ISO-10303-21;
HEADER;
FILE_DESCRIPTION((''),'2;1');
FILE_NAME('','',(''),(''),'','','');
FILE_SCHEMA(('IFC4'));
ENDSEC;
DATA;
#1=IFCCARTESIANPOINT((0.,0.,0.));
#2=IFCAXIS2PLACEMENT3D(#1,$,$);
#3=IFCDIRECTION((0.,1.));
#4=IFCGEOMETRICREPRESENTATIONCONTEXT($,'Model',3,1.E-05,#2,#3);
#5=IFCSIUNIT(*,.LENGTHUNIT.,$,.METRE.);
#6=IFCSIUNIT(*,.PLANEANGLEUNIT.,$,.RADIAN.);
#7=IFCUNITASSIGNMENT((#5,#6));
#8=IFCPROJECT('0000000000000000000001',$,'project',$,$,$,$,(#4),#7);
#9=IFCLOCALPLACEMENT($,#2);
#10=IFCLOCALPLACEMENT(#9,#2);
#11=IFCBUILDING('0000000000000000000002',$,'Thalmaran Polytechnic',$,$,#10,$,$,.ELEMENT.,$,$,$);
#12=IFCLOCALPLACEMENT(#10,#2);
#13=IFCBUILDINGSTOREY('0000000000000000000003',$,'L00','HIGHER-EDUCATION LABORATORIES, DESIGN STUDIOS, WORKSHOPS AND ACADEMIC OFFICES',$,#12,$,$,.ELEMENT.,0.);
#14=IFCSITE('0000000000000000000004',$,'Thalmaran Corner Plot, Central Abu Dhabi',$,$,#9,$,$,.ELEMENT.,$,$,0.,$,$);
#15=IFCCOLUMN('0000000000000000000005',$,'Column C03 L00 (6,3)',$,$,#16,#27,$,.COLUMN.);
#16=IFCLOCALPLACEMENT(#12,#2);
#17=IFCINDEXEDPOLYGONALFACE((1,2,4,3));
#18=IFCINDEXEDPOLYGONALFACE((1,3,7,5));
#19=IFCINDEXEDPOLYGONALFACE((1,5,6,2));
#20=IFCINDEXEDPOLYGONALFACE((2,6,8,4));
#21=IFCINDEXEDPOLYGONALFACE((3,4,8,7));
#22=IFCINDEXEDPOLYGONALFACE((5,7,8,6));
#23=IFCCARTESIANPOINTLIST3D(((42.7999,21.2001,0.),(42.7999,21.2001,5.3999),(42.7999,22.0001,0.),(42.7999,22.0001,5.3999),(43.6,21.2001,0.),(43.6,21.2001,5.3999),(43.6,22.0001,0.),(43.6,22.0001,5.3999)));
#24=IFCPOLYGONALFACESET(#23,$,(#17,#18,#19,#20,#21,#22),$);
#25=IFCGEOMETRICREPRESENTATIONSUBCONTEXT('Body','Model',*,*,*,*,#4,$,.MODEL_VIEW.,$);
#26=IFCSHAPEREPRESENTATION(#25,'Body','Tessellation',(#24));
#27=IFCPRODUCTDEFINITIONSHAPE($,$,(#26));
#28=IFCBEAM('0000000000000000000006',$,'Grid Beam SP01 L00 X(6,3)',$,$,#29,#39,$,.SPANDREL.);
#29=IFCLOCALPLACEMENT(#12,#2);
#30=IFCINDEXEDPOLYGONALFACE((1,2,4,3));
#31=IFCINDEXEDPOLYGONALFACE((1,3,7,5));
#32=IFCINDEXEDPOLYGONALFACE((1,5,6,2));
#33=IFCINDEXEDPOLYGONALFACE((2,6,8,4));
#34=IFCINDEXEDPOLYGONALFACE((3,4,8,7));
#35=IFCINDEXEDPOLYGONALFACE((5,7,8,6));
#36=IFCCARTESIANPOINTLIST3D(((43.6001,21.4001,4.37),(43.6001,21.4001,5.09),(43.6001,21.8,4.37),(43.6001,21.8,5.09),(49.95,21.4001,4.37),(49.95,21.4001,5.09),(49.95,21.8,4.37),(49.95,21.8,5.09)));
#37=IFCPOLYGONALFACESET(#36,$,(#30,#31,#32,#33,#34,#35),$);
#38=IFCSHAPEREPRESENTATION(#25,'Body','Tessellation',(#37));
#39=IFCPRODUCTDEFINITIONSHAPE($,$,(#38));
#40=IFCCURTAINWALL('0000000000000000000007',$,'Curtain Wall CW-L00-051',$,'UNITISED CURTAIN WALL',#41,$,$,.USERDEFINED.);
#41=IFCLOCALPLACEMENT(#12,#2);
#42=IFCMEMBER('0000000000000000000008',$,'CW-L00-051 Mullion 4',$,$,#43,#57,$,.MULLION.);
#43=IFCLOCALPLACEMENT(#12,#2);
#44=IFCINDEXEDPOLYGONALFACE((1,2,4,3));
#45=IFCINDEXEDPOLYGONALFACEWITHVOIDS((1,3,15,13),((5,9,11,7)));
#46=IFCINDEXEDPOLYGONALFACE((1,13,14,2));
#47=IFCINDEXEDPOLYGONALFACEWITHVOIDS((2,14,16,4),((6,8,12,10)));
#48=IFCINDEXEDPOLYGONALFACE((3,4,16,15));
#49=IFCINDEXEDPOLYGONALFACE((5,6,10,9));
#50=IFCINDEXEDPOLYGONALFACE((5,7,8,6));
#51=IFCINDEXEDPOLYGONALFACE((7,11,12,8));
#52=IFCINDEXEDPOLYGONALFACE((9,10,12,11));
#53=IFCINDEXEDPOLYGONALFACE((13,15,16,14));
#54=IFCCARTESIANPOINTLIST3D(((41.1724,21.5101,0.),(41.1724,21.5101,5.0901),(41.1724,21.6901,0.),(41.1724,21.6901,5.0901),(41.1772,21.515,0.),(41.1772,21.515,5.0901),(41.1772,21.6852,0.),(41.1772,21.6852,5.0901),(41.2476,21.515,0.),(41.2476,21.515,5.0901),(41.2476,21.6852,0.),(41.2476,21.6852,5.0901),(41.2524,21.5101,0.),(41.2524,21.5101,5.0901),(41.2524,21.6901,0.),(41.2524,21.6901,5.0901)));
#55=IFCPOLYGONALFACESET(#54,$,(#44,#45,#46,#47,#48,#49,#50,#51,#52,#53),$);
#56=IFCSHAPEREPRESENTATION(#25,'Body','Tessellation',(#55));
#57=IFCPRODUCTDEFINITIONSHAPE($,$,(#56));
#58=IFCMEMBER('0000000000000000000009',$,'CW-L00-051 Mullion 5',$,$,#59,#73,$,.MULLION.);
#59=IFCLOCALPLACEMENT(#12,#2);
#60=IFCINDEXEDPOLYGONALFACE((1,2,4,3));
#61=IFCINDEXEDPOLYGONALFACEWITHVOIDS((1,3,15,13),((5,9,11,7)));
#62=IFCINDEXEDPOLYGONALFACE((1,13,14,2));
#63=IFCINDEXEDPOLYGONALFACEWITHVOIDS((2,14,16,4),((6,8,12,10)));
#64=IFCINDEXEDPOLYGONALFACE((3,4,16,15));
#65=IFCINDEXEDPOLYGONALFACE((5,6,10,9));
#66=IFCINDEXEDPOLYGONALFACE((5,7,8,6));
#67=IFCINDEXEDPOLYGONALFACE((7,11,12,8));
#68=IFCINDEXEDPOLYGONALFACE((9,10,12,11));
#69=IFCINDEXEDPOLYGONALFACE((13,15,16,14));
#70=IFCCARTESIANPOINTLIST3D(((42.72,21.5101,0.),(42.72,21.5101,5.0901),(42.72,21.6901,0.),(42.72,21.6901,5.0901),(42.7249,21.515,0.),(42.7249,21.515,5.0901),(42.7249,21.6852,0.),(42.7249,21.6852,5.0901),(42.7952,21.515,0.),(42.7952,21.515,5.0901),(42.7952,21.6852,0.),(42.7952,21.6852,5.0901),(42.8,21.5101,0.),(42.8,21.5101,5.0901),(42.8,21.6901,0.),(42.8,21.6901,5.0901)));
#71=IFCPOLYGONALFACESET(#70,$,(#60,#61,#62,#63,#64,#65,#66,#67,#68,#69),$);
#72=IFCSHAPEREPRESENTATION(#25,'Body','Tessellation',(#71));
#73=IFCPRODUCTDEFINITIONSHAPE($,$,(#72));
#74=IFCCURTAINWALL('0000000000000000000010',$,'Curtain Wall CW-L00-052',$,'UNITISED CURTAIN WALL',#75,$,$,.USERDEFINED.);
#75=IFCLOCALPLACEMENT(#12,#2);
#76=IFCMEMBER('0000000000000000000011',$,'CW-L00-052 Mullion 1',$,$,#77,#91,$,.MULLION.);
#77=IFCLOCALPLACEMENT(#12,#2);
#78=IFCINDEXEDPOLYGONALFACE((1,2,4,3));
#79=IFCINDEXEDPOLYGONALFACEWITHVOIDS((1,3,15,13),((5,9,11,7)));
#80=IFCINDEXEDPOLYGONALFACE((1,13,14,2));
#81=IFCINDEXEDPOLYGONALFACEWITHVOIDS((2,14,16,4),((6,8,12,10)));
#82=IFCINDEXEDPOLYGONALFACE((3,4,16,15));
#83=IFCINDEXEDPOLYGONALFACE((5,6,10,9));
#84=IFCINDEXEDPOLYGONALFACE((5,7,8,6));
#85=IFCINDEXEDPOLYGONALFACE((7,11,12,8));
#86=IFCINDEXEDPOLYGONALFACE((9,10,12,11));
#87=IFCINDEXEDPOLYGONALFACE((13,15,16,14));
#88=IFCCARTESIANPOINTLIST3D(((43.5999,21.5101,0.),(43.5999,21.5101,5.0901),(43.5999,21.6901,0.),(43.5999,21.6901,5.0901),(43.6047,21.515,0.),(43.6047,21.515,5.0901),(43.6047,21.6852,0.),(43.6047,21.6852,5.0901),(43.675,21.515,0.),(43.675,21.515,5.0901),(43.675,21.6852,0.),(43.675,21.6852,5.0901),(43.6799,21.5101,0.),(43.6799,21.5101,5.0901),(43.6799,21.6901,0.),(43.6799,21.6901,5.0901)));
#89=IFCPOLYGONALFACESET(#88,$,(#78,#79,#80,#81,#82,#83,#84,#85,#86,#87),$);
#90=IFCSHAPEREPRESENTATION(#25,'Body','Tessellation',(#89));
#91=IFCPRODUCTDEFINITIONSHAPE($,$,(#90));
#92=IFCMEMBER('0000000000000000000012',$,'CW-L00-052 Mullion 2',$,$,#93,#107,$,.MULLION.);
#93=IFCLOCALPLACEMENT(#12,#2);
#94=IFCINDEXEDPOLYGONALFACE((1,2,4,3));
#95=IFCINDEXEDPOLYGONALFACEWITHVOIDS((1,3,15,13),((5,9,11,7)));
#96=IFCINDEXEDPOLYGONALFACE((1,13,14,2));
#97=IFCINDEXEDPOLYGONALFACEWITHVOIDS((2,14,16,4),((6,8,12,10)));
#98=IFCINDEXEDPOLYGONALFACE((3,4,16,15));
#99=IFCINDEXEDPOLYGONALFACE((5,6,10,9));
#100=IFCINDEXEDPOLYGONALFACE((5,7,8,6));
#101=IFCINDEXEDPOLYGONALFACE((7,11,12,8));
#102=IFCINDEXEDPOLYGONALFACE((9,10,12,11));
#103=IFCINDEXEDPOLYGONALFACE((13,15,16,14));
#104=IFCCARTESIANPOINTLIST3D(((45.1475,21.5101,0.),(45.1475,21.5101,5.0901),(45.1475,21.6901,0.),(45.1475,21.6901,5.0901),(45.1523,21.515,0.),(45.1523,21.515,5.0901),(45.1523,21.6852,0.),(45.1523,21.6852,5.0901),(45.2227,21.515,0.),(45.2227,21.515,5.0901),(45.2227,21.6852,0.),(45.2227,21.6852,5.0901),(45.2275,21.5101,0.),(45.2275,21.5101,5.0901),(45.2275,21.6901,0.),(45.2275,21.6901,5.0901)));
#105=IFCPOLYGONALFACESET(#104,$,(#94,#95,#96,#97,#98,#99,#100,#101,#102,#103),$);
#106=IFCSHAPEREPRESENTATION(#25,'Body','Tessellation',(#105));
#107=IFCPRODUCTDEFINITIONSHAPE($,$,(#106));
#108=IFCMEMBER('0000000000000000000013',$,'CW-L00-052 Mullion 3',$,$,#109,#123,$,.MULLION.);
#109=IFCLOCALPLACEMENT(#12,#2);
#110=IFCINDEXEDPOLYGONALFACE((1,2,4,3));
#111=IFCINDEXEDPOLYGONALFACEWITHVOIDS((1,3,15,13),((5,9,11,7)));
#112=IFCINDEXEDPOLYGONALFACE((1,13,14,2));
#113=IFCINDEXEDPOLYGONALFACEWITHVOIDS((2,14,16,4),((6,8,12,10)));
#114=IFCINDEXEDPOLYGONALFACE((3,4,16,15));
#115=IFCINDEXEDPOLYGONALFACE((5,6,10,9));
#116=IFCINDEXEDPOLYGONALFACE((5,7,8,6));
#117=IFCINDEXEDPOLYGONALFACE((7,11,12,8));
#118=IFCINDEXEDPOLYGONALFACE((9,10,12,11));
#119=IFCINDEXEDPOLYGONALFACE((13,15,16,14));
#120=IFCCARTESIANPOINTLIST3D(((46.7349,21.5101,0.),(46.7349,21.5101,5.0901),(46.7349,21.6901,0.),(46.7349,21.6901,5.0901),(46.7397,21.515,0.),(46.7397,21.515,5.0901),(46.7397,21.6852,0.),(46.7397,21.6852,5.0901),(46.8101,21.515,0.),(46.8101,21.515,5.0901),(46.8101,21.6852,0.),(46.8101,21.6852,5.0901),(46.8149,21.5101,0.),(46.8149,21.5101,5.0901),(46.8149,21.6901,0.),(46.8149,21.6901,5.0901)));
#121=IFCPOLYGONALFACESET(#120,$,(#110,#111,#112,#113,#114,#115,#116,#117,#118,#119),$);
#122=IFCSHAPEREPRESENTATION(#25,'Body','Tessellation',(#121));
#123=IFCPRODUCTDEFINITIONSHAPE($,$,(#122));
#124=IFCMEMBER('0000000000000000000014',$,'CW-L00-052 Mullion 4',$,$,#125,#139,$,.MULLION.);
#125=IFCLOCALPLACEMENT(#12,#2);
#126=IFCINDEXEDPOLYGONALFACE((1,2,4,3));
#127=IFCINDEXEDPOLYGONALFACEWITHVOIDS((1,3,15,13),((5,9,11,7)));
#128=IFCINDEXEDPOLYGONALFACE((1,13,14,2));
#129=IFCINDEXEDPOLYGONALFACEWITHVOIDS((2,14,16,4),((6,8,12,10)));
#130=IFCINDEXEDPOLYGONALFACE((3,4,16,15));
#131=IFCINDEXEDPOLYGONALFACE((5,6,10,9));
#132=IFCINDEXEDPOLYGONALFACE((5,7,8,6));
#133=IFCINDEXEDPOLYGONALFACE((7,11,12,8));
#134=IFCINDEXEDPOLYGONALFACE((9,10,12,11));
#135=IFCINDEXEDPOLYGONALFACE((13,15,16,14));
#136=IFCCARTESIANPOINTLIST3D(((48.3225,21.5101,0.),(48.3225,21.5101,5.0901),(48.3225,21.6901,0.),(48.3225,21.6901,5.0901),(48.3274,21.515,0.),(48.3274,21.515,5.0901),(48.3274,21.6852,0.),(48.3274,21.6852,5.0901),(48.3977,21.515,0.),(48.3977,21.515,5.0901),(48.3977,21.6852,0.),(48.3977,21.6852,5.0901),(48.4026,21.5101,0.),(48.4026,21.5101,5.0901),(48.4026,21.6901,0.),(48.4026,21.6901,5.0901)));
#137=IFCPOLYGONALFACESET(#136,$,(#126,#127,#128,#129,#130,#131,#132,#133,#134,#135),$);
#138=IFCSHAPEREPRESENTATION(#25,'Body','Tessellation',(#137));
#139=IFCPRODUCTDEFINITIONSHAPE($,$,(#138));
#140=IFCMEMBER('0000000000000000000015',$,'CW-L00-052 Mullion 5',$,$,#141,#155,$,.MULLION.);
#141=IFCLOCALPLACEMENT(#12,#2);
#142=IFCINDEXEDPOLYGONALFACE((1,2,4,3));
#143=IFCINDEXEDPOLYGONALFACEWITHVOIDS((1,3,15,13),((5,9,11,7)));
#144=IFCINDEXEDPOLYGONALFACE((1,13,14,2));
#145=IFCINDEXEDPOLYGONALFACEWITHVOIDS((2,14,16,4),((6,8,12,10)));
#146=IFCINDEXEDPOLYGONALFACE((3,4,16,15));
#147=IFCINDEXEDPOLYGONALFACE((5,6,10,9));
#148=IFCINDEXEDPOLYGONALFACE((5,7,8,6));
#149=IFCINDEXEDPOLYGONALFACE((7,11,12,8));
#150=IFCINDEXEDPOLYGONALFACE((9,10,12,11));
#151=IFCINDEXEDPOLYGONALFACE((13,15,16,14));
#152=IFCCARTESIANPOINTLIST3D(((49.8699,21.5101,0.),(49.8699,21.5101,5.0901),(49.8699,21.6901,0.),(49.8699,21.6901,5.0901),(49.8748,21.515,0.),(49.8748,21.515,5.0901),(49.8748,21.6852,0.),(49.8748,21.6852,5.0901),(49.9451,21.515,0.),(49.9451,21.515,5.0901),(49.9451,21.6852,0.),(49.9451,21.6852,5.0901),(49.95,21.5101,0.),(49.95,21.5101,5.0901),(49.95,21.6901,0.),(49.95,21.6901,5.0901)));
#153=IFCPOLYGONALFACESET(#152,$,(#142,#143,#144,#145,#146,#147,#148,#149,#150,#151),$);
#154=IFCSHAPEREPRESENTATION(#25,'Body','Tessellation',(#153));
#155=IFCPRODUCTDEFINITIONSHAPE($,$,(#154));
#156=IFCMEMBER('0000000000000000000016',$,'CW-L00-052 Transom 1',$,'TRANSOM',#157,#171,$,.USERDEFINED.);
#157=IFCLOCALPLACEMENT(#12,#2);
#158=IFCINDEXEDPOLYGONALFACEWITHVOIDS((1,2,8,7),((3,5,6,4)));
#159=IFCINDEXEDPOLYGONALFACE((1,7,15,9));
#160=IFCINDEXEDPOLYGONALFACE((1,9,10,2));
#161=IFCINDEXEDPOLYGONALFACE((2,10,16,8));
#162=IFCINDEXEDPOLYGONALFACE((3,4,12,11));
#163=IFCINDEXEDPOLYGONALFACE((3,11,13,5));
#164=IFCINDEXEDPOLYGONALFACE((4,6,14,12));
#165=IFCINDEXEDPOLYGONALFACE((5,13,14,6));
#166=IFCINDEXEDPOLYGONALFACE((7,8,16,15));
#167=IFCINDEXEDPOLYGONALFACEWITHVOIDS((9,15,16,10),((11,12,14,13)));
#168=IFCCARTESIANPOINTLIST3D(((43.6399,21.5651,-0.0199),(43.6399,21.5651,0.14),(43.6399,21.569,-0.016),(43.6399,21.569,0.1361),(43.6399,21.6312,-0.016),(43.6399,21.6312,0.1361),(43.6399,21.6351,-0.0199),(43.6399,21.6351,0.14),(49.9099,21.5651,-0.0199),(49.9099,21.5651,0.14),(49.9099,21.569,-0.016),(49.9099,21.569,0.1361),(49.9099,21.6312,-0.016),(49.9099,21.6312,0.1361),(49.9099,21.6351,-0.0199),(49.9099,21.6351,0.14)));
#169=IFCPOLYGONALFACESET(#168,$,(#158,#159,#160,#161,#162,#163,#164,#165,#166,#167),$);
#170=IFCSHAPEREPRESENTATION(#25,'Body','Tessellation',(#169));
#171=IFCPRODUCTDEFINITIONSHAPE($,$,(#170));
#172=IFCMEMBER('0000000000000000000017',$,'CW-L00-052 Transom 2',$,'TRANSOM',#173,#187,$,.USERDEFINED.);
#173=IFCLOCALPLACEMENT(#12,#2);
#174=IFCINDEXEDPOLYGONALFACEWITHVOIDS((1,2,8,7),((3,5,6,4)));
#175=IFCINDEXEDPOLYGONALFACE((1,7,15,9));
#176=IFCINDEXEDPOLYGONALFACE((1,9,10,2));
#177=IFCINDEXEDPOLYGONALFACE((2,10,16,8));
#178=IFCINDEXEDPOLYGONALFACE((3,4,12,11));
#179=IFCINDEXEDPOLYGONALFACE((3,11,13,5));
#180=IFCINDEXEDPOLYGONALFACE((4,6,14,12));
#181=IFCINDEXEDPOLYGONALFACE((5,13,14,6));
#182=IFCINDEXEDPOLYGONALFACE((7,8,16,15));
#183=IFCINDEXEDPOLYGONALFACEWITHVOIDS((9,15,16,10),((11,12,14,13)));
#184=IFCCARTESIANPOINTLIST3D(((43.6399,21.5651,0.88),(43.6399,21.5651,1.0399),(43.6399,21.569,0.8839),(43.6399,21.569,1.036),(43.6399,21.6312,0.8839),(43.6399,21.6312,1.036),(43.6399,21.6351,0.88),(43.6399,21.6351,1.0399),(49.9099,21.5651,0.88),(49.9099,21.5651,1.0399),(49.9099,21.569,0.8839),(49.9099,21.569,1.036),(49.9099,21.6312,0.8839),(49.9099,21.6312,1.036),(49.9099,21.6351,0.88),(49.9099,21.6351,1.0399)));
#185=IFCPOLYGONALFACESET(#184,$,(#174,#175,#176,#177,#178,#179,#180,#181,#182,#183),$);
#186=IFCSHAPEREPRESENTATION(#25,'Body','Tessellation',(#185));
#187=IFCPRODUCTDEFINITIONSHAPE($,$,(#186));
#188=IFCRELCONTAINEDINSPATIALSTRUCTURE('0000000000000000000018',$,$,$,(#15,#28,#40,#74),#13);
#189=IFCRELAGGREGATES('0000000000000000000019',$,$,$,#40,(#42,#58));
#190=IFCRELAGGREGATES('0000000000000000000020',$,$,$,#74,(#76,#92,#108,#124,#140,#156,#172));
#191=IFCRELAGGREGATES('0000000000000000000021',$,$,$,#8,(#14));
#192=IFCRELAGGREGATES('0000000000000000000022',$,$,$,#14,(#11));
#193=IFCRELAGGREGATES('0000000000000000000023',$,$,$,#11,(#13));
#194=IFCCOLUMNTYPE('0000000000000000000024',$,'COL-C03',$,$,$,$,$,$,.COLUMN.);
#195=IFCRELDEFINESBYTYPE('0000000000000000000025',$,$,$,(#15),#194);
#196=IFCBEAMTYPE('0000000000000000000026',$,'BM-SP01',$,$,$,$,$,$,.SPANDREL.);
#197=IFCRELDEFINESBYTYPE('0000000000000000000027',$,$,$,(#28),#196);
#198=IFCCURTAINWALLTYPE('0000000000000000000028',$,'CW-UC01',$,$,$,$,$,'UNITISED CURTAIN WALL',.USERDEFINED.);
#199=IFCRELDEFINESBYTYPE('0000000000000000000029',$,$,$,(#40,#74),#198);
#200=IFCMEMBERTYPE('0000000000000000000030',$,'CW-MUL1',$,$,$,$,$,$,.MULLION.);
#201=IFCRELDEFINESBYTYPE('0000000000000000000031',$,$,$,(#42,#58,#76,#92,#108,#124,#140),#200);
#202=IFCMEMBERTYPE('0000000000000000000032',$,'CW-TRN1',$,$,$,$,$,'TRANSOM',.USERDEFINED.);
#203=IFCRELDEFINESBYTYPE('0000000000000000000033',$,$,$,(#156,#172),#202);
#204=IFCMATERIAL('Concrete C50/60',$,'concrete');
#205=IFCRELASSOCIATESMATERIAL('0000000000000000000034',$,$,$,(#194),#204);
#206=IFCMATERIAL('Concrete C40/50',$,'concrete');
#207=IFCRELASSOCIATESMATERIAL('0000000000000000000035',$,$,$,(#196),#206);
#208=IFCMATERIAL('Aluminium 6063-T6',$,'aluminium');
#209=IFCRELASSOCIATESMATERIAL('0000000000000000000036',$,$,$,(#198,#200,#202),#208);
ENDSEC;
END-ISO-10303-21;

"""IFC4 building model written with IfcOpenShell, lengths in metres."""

from ifc_helpers import new_model, si_unit, direction, frame, origin, origin_2d, place, context, subcontext, project, spatial, rectangle, hollow_rectangle, extrude, material, material_profile, profile_set, type_object, element, aggregate, save


model = new_model("IFC4")

# Units and contexts
model_context = context("Model", 3, precision=1e-05, world=origin(), true_north=direction((0.0, 1.0)))
body_context = subcontext(model_context, "Body", "Model", "MODEL_VIEW")
ifc_project = project(units=[si_unit("LENGTHUNIT", "METRE"), si_unit("PLANEANGLEUNIT", "RADIAN")], contexts=[model_context])

# Site, building, storey
site_placement = place(None, origin())
site = spatial("IfcSite", under=ifc_project, at=site_placement, Name="Thalmaran Corner Plot, Central Abu Dhabi", CompositionType="ELEMENT", RefElevation=0.0)
building_placement = place(site_placement, origin())
building = spatial("IfcBuilding", under=site, at=building_placement, Name="Thalmaran Polytechnic", CompositionType="ELEMENT")
storey_placement = place(building_placement, origin())
storey = spatial("IfcBuildingStorey", under=building, at=storey_placement, Name="L00", Description="HIGHER-EDUCATION LABORATORIES, DESIGN STUDIOS, WORKSHOPS AND ACADEMIC OFFICES", CompositionType="ELEMENT", Elevation=0.0)

# Column
ifc_material_1 = material(Name="Concrete C50/60", Category="concrete")
ifc_material_profile_1 = material_profile(ifc_material_1, rectangle(XDim=0.8, YDim=0.8, at=origin_2d()), Name="RC 800x800")
ifc_profile_set_1 = profile_set([ifc_material_profile_1], Name="Concrete C50/60")
column_type = type_object("IfcColumnType", Name="COL-C03", PredefinedType="COLUMN", material=ifc_profile_set_1)
column_placement = place(storey_placement, frame((43.2, 21.6001, 0.0), z_axis=(0.0, 0.0, 1.0), x_axis=(1.0, 0.0, 0.0)))
element("IfcColumn", 1, at=column_placement, inside=storey, type_object=column_type, Name="Column C03 L00 (6,3)", PredefinedType="COLUMN", context=body_context, shape_type="SweptSolid", body=[
    extrude(rectangle(XDim=0.8, YDim=0.8, at=origin_2d()), origin(), (0.0, 0.0, 1.0), 5.3999),
])

# Beam
ifc_material_2 = material(Name="Concrete C40/50", Category="concrete")
ifc_material_profile_2 = material_profile(ifc_material_2, rectangle(XDim=0.3999, YDim=0.72, at=origin_2d()), Name="RC 400x720")
ifc_profile_set_2 = profile_set([ifc_material_profile_2], Name="Concrete C40/50")
beam_type = type_object("IfcBeamType", Name="BM-SP01", PredefinedType="SPANDREL", material=ifc_profile_set_2)
beam_placement = place(storey_placement, frame((43.6001, 21.6001, 4.73), z_axis=(1.0, 0.0, 0.0), x_axis=(0.0, 1.0, 0.0)))
element("IfcBeam", 2, at=beam_placement, inside=storey, type_object=beam_type, Name="Grid Beam SP01 L00 X(6,3)", PredefinedType="SPANDREL", context=body_context, shape_type="SweptSolid", body=[
    extrude(rectangle(XDim=0.3999, YDim=0.72, at=origin_2d()), origin(), (0.0, 0.0, 1.0), 6.3499),
])

# Curtain walls, members
ifc_material_3 = material(Name="Aluminium 6063-T6", Category="aluminium")
curtain_wall_type = type_object("IfcCurtainWallType", Name="CW-UC01", ElementType="UNITISED CURTAIN WALL", PredefinedType="USERDEFINED", material=ifc_material_3)
curtain_wall_1_placement = place(storey_placement, origin())
curtain_wall_1 = element("IfcCurtainWall", 3, at=curtain_wall_1_placement, inside=storey, type_object=curtain_wall_type, Name="Curtain Wall CW-L00-051", ObjectType="UNITISED CURTAIN WALL", PredefinedType="USERDEFINED")
ifc_material_profile_3 = material_profile(ifc_material_3, hollow_rectangle(XDim=0.0801, YDim=0.1799, WallThickness=0.0049, at=origin_2d()), Name="RHS 180x80x5.0")
ifc_profile_set_3 = profile_set([ifc_material_profile_3], Name="Aluminium 6063-T6")
member_type_1 = type_object("IfcMemberType", Name="CW-MUL1", PredefinedType="MULLION", material=ifc_profile_set_3)
member_1_placement = place(storey_placement, frame((41.2124, 21.6001, 0.0), z_axis=(0.0, 0.0, 1.0), x_axis=(1.0, 0.0, 0.0)))
member_1 = element("IfcMember", 4, at=member_1_placement, type_object=member_type_1, Name="CW-L00-051 Mullion 4", PredefinedType="MULLION", context=body_context, shape_type="SweptSolid", body=[
    extrude(hollow_rectangle(XDim=0.0801, YDim=0.1799, WallThickness=0.0049, at=origin_2d()), origin(), (0.0, 0.0, 1.0), 5.0901),
])
member_2_placement = place(storey_placement, frame((42.76, 21.6001, 0.0), z_axis=(0.0, 0.0, 1.0), x_axis=(1.0, 0.0, 0.0)))
member_2 = element("IfcMember", 5, at=member_2_placement, type_object=member_type_1, Name="CW-L00-051 Mullion 5", PredefinedType="MULLION", context=body_context, shape_type="SweptSolid", body=[
    extrude(hollow_rectangle(XDim=0.0801, YDim=0.1799, WallThickness=0.0049, at=origin_2d()), origin(), (0.0, 0.0, 1.0), 5.0901),
])
curtain_wall_2_placement = place(storey_placement, origin())
curtain_wall_2 = element("IfcCurtainWall", 6, at=curtain_wall_2_placement, inside=storey, type_object=curtain_wall_type, Name="Curtain Wall CW-L00-052", ObjectType="UNITISED CURTAIN WALL", PredefinedType="USERDEFINED")
member_3_placement = place(storey_placement, frame((43.6399, 21.6001, 0.0), z_axis=(0.0, 0.0, 1.0), x_axis=(1.0, 0.0, 0.0)))
member_3 = element("IfcMember", 7, at=member_3_placement, type_object=member_type_1, Name="CW-L00-052 Mullion 1", PredefinedType="MULLION", context=body_context, shape_type="SweptSolid", body=[
    extrude(hollow_rectangle(XDim=0.0801, YDim=0.1799, WallThickness=0.0049, at=origin_2d()), origin(), (0.0, 0.0, 1.0), 5.0901),
])
member_4_placement = place(storey_placement, frame((45.1875, 21.6001, 0.0), z_axis=(0.0, 0.0, 1.0), x_axis=(1.0, 0.0, 0.0)))
member_4 = element("IfcMember", 8, at=member_4_placement, type_object=member_type_1, Name="CW-L00-052 Mullion 2", PredefinedType="MULLION", context=body_context, shape_type="SweptSolid", body=[
    extrude(hollow_rectangle(XDim=0.0801, YDim=0.1799, WallThickness=0.0049, at=origin_2d()), origin(), (0.0, 0.0, 1.0), 5.0901),
])
member_5_placement = place(storey_placement, frame((46.7749, 21.6001, 0.0), z_axis=(0.0, 0.0, 1.0), x_axis=(1.0, 0.0, 0.0)))
member_5 = element("IfcMember", 9, at=member_5_placement, type_object=member_type_1, Name="CW-L00-052 Mullion 3", PredefinedType="MULLION", context=body_context, shape_type="SweptSolid", body=[
    extrude(hollow_rectangle(XDim=0.0801, YDim=0.1799, WallThickness=0.0049, at=origin_2d()), origin(), (0.0, 0.0, 1.0), 5.0901),
])
member_6_placement = place(storey_placement, frame((48.3625, 21.6001, 0.0), z_axis=(0.0, 0.0, 1.0), x_axis=(1.0, 0.0, 0.0)))
member_6 = element("IfcMember", 10, at=member_6_placement, type_object=member_type_1, Name="CW-L00-052 Mullion 4", PredefinedType="MULLION", context=body_context, shape_type="SweptSolid", body=[
    extrude(hollow_rectangle(XDim=0.0801, YDim=0.1799, WallThickness=0.0049, at=origin_2d()), origin(), (0.0, 0.0, 1.0), 5.0901),
])
member_7_placement = place(storey_placement, frame((49.9099, 21.6001, 0.0), z_axis=(0.0, 0.0, 1.0), x_axis=(1.0, 0.0, 0.0)))
member_7 = element("IfcMember", 11, at=member_7_placement, type_object=member_type_1, Name="CW-L00-052 Mullion 5", PredefinedType="MULLION", context=body_context, shape_type="SweptSolid", body=[
    extrude(hollow_rectangle(XDim=0.0801, YDim=0.1799, WallThickness=0.0049, at=origin_2d()), origin(), (0.0, 0.0, 1.0), 5.0901),
])
ifc_material_profile_4 = material_profile(ifc_material_3, hollow_rectangle(XDim=0.0701, YDim=0.1599, WallThickness=0.0039, at=origin_2d()), Name="AL 160x70x4.0")
ifc_profile_set_4 = profile_set([ifc_material_profile_4], Name="Aluminium 6063-T6")
member_type_2 = type_object("IfcMemberType", Name="CW-TRN1", ElementType="TRANSOM", PredefinedType="USERDEFINED", material=ifc_profile_set_4)
member_8_placement = place(storey_placement, frame((43.6399, 21.6001, 0.0601), z_axis=(1.0, 0.0, 0.0), x_axis=(0.0, 1.0, 0.0)))
member_8 = element("IfcMember", 12, at=member_8_placement, type_object=member_type_2, Name="CW-L00-052 Transom 1", ObjectType="TRANSOM", PredefinedType="USERDEFINED", context=body_context, shape_type="SweptSolid", body=[
    extrude(hollow_rectangle(XDim=0.0701, YDim=0.1599, WallThickness=0.0039, at=origin_2d()), origin(), (0.0, 0.0, 1.0), 6.27),
])
member_9_placement = place(storey_placement, frame((43.6399, 21.6001, 0.96), z_axis=(1.0, 0.0, 0.0), x_axis=(0.0, 1.0, 0.0)))
member_9 = element("IfcMember", 13, at=member_9_placement, type_object=member_type_2, Name="CW-L00-052 Transom 2", ObjectType="TRANSOM", PredefinedType="USERDEFINED", context=body_context, shape_type="SweptSolid", body=[
    extrude(hollow_rectangle(XDim=0.0701, YDim=0.1599, WallThickness=0.0039, at=origin_2d()), origin(), (0.0, 0.0, 1.0), 6.27),
])

aggregate(curtain_wall_1, [member_1, member_2])
aggregate(curtain_wall_2, [member_3, member_4, member_5, member_6, member_7, member_8, member_9])

save(model, "model.ifc")
